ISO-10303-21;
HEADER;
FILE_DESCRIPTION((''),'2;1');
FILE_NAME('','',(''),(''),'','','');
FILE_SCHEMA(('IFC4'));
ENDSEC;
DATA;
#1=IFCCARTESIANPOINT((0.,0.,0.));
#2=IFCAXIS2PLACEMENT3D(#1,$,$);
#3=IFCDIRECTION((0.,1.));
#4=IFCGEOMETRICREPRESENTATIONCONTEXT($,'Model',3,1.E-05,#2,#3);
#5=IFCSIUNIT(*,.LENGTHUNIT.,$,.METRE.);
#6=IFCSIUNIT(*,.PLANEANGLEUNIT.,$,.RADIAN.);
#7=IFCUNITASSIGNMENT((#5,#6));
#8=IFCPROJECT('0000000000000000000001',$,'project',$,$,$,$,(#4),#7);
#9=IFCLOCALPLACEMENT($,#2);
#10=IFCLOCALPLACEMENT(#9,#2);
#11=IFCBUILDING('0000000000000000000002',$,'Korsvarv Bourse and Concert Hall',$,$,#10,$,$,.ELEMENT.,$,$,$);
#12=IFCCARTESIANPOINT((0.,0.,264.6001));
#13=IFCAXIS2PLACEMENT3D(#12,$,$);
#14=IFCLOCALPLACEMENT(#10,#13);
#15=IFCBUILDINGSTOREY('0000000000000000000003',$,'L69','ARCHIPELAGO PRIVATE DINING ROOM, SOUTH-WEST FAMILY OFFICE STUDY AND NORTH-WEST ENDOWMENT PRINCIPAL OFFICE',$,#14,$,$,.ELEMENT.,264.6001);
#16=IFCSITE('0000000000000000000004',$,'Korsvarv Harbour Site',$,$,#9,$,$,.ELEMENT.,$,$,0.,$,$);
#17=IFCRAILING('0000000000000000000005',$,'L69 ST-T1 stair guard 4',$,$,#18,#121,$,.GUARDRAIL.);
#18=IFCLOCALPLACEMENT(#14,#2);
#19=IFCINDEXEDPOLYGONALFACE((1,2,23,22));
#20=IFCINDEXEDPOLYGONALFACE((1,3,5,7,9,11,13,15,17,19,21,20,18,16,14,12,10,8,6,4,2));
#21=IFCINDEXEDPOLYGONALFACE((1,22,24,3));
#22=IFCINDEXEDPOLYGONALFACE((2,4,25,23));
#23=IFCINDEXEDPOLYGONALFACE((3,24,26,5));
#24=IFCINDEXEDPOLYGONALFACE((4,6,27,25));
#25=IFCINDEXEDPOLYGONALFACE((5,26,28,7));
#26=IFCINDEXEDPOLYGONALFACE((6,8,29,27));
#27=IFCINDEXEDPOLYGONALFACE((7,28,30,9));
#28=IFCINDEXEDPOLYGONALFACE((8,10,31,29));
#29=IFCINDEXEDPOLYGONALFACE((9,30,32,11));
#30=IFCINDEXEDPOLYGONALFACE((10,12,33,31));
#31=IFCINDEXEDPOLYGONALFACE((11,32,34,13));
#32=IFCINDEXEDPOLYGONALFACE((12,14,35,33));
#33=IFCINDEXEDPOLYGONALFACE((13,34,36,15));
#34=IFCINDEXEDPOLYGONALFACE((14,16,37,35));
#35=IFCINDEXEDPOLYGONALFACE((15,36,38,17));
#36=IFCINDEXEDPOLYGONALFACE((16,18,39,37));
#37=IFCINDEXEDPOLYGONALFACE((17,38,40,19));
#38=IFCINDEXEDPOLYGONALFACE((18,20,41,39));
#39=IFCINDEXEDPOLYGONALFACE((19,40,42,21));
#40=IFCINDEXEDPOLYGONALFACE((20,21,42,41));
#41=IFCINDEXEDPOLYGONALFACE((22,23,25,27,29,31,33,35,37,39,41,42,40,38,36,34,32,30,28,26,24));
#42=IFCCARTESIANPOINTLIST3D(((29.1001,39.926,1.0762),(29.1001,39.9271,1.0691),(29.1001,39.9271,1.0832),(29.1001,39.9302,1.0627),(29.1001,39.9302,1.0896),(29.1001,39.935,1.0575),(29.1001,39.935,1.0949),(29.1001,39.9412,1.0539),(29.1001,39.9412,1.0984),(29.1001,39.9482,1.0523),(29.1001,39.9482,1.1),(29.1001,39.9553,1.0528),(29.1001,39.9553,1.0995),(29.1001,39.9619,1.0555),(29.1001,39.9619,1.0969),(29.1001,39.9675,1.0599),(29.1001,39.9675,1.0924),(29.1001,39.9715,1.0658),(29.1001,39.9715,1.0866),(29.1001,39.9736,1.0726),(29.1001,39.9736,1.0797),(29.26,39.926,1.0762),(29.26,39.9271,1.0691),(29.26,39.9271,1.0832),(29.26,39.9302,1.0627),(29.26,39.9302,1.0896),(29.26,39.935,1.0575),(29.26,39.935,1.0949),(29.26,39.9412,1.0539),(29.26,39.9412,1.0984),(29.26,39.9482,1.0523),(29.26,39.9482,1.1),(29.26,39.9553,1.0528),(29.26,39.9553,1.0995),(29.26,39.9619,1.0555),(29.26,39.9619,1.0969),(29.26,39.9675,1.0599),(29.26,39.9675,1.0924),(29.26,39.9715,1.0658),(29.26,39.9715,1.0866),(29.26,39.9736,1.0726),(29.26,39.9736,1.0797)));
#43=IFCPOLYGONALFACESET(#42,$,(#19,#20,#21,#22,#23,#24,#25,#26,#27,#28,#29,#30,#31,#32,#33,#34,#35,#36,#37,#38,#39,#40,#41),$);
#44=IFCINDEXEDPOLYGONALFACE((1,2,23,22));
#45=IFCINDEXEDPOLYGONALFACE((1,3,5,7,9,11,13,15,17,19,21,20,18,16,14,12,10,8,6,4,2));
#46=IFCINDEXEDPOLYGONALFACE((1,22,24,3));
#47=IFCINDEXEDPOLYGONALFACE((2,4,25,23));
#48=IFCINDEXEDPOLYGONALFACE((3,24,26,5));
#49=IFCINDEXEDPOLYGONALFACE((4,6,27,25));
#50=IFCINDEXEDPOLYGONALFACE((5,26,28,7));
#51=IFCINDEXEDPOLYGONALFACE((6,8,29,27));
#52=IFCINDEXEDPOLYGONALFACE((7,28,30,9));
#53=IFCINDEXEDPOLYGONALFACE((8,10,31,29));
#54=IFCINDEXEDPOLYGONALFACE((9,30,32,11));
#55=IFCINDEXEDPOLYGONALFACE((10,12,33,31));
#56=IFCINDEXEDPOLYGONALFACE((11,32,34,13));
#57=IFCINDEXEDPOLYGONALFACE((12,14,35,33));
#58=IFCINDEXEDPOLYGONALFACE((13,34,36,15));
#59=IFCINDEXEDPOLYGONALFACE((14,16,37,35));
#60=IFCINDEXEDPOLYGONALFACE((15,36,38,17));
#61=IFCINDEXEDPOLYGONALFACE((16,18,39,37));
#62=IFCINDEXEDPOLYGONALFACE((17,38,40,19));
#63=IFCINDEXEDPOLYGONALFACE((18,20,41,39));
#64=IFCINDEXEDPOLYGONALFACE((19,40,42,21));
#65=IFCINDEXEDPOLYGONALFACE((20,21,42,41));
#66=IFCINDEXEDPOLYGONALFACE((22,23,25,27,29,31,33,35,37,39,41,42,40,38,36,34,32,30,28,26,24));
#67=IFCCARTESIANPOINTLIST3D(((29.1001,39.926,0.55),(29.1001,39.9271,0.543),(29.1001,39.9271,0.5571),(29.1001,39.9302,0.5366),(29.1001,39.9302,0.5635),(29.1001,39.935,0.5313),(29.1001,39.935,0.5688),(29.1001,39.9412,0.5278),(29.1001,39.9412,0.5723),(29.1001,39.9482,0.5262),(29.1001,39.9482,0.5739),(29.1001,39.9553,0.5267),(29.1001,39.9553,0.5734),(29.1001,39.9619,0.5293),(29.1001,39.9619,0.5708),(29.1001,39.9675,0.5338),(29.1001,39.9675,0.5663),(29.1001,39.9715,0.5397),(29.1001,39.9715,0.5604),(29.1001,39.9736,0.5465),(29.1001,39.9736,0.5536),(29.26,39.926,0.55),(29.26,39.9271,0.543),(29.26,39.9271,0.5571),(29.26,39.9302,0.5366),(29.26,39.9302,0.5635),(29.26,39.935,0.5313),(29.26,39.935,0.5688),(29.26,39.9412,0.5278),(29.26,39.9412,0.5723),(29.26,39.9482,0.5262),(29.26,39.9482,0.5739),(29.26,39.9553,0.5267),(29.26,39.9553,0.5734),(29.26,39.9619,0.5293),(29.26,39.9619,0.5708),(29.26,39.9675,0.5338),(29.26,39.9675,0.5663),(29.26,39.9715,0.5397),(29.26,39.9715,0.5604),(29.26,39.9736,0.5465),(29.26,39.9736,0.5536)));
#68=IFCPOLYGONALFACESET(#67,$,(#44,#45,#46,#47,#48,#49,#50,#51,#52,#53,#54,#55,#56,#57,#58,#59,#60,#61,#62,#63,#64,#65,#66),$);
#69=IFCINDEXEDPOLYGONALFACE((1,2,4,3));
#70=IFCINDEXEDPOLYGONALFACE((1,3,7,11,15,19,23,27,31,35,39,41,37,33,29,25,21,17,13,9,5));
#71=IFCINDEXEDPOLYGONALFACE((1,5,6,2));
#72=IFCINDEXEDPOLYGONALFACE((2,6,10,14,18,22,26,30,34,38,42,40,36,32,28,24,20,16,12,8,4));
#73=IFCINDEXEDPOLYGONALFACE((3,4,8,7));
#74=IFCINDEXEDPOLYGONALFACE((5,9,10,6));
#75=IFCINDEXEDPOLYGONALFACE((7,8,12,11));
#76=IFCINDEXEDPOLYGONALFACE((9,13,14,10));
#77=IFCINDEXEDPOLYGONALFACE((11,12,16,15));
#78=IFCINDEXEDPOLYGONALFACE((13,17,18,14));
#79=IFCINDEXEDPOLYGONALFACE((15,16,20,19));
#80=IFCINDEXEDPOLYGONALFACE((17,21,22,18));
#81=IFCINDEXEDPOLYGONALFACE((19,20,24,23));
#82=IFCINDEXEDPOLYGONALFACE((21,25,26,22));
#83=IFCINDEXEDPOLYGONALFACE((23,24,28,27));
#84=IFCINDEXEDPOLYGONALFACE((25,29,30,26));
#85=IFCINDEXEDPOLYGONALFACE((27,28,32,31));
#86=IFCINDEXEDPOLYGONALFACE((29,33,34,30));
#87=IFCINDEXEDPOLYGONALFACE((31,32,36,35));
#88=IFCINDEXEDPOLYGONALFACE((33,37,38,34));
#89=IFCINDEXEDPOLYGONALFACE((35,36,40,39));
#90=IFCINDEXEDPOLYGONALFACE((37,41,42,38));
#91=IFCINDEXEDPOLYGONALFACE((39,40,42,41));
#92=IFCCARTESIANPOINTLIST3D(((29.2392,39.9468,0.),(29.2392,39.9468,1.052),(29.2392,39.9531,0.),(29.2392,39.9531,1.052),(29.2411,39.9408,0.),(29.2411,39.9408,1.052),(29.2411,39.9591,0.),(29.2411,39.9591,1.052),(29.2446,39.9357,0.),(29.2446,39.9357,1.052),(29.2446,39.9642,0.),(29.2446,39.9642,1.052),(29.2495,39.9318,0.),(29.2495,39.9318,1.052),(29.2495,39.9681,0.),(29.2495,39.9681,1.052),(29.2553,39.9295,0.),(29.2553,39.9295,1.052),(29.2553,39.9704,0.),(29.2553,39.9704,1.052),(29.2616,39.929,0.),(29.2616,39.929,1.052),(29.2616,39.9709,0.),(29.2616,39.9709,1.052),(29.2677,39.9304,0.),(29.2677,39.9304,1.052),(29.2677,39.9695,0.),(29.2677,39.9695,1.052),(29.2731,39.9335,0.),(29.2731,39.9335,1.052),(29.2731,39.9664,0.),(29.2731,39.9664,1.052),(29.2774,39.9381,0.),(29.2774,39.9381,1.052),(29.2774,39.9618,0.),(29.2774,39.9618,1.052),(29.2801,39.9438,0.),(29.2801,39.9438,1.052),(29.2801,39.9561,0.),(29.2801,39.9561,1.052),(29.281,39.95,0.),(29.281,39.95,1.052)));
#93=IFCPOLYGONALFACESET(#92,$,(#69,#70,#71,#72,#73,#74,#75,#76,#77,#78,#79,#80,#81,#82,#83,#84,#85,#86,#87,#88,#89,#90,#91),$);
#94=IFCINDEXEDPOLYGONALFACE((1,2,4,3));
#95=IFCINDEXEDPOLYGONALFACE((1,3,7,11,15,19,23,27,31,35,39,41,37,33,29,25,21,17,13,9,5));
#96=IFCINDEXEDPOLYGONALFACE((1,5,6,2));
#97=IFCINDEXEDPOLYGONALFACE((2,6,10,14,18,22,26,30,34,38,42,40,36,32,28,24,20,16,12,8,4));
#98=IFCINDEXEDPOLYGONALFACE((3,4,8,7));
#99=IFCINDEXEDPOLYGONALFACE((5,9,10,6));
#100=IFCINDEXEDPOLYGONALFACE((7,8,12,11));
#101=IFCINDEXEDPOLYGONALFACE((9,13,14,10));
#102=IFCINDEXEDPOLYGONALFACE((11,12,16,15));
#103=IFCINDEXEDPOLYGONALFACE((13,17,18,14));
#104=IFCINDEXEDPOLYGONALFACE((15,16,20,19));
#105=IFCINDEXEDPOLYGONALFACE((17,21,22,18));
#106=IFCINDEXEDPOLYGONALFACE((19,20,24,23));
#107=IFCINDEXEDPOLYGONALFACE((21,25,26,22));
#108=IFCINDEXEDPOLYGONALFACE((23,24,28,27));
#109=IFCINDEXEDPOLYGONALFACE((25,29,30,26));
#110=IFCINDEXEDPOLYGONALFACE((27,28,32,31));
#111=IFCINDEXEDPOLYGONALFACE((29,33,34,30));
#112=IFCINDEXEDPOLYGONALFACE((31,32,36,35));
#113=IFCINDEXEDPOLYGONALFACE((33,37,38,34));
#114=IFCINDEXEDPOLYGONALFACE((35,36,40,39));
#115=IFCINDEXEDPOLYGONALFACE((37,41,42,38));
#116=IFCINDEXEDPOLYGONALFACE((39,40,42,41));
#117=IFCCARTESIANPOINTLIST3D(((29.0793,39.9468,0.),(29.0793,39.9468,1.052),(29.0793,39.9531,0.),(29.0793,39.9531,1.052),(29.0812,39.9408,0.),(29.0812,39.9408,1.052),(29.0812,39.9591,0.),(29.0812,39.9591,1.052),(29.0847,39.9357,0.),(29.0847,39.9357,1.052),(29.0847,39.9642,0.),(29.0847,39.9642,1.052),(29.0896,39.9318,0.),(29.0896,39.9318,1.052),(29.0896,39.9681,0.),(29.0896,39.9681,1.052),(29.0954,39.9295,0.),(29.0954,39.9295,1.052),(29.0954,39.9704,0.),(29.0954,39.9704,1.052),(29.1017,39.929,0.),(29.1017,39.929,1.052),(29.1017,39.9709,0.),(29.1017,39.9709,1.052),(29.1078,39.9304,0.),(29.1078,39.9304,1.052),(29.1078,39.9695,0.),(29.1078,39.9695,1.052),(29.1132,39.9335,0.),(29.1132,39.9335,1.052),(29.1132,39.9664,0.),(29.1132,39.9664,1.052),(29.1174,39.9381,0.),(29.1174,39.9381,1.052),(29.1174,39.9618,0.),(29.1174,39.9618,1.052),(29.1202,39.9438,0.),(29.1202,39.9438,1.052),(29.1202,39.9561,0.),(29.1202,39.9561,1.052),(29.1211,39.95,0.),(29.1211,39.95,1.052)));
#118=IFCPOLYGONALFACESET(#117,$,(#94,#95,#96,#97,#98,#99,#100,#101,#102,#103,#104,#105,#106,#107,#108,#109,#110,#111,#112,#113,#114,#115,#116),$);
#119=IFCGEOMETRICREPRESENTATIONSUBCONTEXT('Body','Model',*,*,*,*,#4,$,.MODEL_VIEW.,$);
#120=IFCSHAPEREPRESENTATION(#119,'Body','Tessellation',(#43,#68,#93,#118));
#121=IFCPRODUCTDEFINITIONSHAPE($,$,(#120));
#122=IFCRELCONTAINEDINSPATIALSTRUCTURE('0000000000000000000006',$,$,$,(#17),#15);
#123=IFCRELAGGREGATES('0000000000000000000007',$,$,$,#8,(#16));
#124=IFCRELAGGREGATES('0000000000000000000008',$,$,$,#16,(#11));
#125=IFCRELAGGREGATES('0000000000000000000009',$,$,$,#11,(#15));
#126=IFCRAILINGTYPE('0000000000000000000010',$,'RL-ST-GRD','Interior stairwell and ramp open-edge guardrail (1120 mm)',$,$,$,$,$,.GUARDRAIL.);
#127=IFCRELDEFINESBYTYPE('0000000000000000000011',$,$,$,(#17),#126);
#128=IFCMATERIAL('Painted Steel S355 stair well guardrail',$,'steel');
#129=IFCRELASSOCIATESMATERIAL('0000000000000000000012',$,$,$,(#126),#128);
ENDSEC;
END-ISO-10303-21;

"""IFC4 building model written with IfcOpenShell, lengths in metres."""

from ifc_helpers import new_model, si_unit, direction, frame, origin, origin_2d, place, context, subcontext, project, spatial, circle, extrude, material, type_object, element, save


model = new_model("IFC4")

# Units and contexts
model_context = context("Model", 3, precision=1e-05, world=origin(), true_north=direction((0.0, 1.0)))
body_context = subcontext(model_context, "Body", "Model", "MODEL_VIEW")
ifc_project = project(units=[si_unit("LENGTHUNIT", "METRE"), si_unit("PLANEANGLEUNIT", "RADIAN")], contexts=[model_context])

# Site, building, storey
site_placement = place(None, origin())
site = spatial("IfcSite", under=ifc_project, at=site_placement, Name="Korsvarv Harbour Site", CompositionType="ELEMENT", RefElevation=0.0)
building_placement = place(site_placement, origin())
building = spatial("IfcBuilding", under=site, at=building_placement, Name="Korsvarv Bourse and Concert Hall", CompositionType="ELEMENT")
storey_placement = place(building_placement, frame((0.0, 0.0, 264.6001)))
storey = spatial("IfcBuildingStorey", under=building, at=storey_placement, Name="L69", Description="ARCHIPELAGO PRIVATE DINING ROOM, SOUTH-WEST FAMILY OFFICE STUDY AND NORTH-WEST ENDOWMENT PRINCIPAL OFFICE", CompositionType="ELEMENT", Elevation=264.6001)

# Railing
ifc_material_1 = material(Name="Painted Steel S355 stair well guardrail", Category="steel")
railing_type_1 = type_object("IfcRailingType", Name="RL-ST-GRD", Description="Interior stairwell and ramp open-edge guardrail (1120 mm)", PredefinedType="GUARDRAIL", material=ifc_material_1)
railing_1_placement = place(storey_placement, frame((29.26, 39.95, 0.0)))
element("IfcRailing", 1, at=railing_1_placement, inside=storey, type_object=railing_type_1, Name="L69 ST-T1 stair guard 4", PredefinedType="GUARDRAIL", context=body_context, shape_type="SweptSolid", body=[
    extrude(circle(Radius=0.0239, at=origin_2d()), frame((0.0, 0.0, 1.0762), z_axis=(-1.0, 0.0, 0.0), x_axis=(0.0, -1.0, 0.0)), (0.0, 0.0, 1.0), 0.1599),
    extrude(circle(Radius=0.0239, at=origin_2d()), frame((0.0, 0.0, 0.55), z_axis=(-1.0, 0.0, 0.0), x_axis=(0.0, -1.0, 0.0)), (0.0, 0.0, 1.0), 0.1599),
    extrude(circle(Radius=0.021, at=origin_2d()), origin(), (0.0, 0.0, 1.0), 1.052),
    extrude(circle(Radius=0.021, at=origin_2d()), frame((-0.1599, 0.0, 0.0)), (0.0, 0.0, 1.0), 1.052),
])

save(model, "model.ifc")
